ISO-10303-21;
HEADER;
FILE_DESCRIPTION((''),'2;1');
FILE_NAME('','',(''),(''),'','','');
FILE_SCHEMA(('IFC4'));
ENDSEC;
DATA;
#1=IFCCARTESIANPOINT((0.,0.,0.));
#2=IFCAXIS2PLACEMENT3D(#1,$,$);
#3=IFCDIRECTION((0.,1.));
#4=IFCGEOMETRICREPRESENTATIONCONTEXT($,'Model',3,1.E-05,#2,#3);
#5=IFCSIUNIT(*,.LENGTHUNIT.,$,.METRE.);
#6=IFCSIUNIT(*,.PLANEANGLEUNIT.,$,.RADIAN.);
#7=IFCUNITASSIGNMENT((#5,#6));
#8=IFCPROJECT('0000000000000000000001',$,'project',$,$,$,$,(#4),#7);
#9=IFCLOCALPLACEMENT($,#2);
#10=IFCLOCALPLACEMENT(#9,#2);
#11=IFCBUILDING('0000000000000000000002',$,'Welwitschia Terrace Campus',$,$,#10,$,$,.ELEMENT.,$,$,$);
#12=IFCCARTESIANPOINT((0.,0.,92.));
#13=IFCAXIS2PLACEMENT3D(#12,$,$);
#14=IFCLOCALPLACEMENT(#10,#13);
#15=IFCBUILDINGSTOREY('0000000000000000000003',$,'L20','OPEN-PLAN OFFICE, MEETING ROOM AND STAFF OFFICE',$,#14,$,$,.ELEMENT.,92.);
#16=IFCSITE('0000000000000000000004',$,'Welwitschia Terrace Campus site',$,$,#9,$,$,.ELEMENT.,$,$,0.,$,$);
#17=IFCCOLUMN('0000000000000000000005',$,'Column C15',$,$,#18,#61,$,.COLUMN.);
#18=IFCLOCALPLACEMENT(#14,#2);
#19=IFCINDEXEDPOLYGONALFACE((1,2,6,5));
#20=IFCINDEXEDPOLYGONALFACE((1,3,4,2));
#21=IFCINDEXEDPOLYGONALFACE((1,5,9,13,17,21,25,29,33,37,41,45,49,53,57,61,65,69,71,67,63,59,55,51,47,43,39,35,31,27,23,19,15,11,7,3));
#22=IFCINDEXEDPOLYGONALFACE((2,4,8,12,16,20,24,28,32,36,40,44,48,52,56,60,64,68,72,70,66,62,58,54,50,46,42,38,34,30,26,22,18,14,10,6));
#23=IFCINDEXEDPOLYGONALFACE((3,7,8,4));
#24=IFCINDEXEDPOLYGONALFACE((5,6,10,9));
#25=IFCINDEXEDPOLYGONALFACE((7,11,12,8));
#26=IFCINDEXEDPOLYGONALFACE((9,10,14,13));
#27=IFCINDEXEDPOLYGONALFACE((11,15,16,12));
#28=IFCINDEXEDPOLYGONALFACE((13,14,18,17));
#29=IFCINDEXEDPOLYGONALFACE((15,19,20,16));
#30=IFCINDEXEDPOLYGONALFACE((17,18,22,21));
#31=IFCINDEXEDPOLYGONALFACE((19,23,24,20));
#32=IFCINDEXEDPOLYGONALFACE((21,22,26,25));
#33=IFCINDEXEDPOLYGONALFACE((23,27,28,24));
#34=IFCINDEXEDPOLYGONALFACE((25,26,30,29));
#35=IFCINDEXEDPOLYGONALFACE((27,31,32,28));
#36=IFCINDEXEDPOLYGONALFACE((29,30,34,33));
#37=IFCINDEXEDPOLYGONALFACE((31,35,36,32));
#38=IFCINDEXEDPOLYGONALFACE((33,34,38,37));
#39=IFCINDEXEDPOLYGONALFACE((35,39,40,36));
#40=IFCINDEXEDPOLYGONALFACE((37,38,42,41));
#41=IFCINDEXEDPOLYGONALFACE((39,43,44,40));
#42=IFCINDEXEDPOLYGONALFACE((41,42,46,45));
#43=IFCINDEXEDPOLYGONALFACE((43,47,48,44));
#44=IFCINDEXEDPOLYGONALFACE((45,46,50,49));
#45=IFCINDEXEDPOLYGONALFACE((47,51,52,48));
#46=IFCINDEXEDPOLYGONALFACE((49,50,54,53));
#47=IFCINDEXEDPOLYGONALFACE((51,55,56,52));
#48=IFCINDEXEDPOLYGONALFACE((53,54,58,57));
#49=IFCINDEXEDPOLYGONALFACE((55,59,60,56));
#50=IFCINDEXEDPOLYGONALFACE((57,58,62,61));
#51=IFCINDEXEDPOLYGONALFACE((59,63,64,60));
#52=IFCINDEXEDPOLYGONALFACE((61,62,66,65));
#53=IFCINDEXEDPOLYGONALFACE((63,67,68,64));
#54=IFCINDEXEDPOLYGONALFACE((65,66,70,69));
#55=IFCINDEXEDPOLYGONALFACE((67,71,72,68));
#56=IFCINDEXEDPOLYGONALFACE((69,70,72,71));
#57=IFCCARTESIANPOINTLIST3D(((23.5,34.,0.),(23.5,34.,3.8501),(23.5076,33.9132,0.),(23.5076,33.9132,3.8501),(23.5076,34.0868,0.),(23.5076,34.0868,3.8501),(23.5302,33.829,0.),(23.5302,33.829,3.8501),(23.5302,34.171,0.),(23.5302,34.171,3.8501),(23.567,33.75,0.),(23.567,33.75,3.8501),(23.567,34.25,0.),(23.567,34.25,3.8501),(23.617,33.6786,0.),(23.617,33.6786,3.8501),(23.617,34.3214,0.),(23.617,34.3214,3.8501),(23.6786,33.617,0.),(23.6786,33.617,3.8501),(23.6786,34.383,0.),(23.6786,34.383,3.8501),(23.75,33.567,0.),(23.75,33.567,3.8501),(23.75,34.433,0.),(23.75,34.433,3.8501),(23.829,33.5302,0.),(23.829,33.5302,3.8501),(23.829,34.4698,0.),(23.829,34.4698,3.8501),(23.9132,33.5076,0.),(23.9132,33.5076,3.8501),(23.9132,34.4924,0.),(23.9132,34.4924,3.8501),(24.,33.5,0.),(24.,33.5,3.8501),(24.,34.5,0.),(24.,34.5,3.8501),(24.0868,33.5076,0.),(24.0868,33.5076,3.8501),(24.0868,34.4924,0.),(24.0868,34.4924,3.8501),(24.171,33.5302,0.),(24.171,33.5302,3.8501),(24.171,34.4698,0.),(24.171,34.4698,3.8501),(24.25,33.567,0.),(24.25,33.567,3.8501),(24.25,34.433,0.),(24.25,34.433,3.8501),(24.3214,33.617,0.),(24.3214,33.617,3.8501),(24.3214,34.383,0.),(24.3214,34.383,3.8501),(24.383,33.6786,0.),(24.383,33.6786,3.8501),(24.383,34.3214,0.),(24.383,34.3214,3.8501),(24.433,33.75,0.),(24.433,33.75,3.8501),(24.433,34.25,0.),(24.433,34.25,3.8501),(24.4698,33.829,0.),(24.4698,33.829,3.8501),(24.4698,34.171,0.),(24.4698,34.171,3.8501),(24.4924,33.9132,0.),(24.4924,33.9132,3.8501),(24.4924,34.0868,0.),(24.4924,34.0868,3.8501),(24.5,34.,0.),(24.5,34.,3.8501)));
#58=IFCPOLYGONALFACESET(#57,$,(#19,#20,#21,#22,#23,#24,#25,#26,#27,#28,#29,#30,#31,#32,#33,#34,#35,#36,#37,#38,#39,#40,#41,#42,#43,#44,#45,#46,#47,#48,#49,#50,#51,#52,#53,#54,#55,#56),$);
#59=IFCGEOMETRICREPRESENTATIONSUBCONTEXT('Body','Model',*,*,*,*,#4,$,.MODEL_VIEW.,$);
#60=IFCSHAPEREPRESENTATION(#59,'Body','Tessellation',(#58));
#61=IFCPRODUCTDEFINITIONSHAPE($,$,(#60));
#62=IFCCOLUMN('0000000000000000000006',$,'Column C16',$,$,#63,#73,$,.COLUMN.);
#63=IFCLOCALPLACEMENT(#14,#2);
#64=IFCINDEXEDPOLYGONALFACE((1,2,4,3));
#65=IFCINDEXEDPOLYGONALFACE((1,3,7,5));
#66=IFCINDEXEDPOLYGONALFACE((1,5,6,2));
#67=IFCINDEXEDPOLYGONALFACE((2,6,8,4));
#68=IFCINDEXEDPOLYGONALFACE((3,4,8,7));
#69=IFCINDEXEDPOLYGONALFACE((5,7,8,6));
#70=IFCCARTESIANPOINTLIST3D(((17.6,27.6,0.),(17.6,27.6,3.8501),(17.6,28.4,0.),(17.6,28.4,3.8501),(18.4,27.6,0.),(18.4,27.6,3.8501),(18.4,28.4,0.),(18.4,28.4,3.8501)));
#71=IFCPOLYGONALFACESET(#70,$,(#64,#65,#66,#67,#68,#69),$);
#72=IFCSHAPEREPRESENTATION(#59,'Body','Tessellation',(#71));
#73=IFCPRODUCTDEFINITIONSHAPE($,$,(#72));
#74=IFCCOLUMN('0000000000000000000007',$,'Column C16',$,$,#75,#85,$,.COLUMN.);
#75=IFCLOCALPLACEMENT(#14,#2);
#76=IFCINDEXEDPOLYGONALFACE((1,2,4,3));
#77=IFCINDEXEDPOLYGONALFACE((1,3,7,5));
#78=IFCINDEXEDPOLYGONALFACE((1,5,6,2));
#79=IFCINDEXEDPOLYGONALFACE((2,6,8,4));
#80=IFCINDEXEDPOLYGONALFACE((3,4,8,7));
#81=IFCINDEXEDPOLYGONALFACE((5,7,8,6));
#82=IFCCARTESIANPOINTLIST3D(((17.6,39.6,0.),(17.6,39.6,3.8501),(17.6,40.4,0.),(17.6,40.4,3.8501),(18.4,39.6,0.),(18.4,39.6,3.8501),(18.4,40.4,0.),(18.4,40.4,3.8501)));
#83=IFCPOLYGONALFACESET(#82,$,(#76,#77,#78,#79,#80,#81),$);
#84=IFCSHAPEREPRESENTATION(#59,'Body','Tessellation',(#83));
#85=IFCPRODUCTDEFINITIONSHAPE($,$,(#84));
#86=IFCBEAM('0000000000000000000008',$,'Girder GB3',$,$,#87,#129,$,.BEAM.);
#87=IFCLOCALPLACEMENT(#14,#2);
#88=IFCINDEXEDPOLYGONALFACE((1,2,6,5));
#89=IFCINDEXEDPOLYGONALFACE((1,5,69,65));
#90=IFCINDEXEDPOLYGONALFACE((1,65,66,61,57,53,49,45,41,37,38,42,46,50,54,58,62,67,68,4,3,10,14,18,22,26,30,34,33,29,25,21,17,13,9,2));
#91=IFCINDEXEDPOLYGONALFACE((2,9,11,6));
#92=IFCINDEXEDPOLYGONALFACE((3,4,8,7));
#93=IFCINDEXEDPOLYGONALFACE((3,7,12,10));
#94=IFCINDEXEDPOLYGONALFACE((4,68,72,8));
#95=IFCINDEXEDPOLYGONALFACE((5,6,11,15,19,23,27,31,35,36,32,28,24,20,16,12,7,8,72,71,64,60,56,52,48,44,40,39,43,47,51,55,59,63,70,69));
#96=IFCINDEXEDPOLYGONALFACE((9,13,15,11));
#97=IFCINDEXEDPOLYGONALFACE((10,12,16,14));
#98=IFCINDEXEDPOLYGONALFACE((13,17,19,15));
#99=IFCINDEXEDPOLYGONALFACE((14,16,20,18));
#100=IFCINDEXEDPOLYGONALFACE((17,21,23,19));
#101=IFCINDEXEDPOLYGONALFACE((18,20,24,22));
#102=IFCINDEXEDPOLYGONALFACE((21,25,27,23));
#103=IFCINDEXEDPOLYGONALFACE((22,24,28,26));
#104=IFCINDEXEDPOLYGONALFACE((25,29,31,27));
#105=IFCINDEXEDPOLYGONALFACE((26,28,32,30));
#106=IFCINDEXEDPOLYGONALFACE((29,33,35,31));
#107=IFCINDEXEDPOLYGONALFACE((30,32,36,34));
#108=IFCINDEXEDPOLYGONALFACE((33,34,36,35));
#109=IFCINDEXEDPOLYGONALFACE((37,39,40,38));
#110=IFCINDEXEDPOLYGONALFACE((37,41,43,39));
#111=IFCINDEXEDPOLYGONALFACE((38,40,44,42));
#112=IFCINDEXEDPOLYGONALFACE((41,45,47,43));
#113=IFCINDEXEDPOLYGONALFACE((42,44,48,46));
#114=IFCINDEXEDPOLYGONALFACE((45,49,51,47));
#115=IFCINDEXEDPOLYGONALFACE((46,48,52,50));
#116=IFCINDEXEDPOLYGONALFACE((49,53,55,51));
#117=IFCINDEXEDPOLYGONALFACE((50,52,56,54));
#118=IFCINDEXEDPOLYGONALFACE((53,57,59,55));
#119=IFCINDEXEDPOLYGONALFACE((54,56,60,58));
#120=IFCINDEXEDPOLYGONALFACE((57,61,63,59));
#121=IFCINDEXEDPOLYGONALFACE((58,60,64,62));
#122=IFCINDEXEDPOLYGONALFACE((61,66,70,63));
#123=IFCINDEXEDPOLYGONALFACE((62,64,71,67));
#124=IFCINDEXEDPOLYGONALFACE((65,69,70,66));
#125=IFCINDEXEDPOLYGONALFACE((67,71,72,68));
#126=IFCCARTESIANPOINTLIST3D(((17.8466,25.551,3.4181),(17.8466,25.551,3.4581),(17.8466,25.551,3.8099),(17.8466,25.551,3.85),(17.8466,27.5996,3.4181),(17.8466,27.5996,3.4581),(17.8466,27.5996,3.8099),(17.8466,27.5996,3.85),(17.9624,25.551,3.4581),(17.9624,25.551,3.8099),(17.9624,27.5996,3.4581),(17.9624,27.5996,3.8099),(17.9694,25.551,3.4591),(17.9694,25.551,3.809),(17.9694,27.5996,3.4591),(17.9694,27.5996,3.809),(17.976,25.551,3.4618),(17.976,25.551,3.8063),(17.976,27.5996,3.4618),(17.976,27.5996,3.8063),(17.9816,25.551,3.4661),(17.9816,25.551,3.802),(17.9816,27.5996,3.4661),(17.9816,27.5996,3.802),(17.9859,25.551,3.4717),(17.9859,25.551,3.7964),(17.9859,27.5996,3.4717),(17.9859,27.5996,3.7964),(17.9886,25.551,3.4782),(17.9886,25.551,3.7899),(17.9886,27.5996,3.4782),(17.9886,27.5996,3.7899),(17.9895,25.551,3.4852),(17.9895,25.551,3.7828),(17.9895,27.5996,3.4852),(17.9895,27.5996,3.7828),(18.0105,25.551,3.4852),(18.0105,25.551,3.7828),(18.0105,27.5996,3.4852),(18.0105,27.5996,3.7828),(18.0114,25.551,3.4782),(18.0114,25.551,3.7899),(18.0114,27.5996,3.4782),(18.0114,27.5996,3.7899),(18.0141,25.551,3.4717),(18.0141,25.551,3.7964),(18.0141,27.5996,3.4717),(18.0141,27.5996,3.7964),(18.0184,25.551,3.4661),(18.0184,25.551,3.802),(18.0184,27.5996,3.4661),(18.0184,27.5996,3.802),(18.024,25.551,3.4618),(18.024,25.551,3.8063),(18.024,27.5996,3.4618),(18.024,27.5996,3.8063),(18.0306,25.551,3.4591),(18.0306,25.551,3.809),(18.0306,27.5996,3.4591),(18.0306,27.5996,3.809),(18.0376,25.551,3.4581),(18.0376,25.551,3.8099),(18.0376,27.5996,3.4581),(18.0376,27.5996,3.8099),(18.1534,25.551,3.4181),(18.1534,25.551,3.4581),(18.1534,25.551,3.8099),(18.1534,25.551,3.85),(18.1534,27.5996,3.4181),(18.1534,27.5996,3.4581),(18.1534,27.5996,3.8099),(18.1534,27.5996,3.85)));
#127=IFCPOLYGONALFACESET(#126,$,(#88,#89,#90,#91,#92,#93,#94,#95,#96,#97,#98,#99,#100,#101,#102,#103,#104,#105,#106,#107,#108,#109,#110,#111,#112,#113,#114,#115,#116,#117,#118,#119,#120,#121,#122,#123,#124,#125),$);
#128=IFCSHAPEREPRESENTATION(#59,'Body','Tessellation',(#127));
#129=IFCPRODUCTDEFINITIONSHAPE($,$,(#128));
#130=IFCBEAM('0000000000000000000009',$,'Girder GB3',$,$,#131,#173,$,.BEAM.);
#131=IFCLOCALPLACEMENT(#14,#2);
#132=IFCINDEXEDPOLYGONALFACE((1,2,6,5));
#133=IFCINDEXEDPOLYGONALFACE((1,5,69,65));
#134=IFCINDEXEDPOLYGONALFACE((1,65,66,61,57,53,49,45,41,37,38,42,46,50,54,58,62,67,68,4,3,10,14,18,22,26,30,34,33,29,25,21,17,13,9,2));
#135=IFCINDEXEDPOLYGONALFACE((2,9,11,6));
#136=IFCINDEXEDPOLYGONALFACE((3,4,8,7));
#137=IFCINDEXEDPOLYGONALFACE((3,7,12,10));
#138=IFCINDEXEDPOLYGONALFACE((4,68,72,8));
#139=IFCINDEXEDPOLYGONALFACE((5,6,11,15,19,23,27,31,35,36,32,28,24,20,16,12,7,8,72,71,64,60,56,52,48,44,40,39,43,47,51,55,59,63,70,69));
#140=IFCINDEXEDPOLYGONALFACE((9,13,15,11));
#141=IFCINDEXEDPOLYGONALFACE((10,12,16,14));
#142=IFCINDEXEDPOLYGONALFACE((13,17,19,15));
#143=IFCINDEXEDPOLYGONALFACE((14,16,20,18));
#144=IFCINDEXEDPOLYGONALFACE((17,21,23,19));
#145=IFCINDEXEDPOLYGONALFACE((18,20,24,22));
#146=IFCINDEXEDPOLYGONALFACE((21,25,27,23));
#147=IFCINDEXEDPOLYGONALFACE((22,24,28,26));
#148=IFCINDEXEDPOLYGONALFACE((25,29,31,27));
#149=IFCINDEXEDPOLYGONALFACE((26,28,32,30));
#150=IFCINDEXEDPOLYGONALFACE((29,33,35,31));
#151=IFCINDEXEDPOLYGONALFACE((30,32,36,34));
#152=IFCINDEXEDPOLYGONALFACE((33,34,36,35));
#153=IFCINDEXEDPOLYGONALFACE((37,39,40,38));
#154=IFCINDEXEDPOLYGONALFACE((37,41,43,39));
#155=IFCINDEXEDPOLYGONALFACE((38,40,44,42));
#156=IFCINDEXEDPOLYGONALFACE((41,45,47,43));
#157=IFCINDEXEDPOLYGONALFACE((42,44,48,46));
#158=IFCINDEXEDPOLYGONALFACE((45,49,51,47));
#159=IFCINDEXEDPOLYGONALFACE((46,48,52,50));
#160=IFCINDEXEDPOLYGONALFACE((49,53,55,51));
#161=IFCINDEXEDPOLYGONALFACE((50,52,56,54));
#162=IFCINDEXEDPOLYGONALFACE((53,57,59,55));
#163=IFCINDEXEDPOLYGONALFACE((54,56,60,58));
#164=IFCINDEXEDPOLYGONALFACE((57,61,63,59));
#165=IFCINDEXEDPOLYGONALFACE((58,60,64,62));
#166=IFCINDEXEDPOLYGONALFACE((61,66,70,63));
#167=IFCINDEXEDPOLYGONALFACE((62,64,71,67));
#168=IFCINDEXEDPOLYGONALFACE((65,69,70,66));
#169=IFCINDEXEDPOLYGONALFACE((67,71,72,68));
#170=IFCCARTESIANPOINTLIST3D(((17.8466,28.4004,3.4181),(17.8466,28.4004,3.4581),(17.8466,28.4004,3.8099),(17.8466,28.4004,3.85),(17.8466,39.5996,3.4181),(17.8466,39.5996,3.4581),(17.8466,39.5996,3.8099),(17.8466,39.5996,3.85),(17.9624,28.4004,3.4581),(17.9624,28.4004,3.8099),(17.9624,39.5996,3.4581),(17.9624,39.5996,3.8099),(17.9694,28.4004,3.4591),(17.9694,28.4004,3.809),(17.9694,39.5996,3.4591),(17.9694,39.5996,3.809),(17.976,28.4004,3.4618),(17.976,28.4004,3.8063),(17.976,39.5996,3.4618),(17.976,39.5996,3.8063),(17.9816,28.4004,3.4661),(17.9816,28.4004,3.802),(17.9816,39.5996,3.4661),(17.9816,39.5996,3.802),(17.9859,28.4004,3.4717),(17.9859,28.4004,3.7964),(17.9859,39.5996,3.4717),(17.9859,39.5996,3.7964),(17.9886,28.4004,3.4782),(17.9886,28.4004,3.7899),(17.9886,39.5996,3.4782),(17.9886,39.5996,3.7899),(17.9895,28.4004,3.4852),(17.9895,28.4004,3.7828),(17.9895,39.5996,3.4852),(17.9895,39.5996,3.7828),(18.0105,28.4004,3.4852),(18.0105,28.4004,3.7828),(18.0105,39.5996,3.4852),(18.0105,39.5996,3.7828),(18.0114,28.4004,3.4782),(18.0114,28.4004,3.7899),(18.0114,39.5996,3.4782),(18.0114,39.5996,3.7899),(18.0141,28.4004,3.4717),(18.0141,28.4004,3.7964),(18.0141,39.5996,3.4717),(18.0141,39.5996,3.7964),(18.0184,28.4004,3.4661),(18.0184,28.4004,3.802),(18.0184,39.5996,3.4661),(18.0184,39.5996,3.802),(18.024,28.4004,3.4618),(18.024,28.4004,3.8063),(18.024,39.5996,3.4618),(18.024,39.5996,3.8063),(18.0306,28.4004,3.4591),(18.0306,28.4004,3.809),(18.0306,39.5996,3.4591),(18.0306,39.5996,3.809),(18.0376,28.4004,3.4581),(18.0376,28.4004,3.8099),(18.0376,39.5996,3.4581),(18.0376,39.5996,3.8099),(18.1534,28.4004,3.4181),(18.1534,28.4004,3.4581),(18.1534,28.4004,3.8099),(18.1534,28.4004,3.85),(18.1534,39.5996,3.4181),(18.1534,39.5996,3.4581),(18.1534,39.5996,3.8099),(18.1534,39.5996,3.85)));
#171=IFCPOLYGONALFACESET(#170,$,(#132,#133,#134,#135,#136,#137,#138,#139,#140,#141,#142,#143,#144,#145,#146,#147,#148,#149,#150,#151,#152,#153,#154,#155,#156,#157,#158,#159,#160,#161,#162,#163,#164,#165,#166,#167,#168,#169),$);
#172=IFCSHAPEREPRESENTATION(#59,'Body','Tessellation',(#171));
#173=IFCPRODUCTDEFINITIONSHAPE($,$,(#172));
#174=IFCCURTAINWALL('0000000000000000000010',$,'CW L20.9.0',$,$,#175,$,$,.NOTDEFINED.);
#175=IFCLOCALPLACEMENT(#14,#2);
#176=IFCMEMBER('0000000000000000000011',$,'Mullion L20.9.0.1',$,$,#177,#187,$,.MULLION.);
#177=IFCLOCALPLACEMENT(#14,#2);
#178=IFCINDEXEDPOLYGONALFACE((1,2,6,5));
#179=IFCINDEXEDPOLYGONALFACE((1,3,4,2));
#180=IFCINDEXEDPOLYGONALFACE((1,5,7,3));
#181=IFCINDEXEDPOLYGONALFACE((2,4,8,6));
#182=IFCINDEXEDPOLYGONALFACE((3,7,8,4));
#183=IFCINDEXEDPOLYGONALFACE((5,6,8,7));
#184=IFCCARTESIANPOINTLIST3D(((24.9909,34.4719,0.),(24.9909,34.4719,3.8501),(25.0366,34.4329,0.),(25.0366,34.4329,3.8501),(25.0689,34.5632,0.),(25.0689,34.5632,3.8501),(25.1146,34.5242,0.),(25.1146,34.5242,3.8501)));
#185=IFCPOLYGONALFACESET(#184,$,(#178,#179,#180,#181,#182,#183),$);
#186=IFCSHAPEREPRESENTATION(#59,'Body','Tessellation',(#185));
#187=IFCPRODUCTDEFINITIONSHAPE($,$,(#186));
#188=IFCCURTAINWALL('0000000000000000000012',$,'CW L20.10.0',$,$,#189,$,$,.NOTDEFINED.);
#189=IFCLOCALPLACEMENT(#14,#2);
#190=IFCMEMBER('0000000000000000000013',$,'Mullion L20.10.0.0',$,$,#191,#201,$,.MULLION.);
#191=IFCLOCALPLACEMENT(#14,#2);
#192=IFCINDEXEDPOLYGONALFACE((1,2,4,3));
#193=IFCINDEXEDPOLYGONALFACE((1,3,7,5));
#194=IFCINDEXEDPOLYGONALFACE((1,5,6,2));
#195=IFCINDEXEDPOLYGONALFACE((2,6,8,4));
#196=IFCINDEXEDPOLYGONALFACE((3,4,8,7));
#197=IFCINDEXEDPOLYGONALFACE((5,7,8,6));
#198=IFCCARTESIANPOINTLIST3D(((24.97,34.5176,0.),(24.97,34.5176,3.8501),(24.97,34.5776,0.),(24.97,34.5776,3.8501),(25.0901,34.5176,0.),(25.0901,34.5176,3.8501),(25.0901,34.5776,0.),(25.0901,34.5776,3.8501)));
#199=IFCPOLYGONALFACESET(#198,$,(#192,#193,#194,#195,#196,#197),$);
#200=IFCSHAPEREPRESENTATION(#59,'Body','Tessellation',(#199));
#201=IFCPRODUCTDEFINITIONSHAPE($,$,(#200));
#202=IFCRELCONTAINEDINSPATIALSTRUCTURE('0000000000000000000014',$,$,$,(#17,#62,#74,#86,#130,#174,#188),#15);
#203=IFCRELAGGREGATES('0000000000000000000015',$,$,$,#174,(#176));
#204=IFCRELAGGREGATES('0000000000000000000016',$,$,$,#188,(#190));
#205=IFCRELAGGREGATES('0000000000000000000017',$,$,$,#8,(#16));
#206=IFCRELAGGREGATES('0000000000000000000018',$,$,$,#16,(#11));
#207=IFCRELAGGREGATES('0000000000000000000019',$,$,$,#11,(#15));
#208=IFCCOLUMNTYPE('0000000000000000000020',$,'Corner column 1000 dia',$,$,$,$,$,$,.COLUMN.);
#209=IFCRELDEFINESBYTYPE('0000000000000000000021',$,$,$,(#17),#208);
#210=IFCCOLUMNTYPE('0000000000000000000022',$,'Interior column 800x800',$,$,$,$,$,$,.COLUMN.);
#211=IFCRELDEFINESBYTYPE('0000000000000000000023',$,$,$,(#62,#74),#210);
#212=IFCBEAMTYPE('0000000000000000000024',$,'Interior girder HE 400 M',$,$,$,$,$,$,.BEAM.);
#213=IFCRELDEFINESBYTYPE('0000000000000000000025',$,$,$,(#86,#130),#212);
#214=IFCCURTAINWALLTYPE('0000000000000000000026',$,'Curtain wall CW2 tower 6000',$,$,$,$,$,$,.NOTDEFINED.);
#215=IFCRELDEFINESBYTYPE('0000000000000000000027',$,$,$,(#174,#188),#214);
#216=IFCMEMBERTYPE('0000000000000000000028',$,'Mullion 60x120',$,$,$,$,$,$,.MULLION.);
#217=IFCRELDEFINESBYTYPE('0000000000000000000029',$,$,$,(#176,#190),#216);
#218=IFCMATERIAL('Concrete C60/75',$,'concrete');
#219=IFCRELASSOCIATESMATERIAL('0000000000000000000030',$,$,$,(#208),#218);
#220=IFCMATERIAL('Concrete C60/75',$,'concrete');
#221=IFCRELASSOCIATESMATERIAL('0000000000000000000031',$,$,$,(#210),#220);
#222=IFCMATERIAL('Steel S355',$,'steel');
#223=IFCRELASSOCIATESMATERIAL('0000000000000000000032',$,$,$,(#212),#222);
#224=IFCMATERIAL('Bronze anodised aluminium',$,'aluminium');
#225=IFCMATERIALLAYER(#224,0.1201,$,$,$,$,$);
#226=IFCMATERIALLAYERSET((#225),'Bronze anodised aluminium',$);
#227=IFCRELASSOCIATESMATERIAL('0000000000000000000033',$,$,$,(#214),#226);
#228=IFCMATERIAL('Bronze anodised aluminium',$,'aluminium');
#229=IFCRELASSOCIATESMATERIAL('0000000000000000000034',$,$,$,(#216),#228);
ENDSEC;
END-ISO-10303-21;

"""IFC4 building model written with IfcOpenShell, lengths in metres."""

from ifc_helpers import new_model, si_unit, direction, frame, origin, origin_2d, place, context, subcontext, project, spatial, rectangle, circle, i_section, extrude, material, layer, layer_set, material_profile, profile_set, type_object, element, aggregate, save


model = new_model("IFC4")

# Units and contexts
model_context = context("Model", 3, precision=1e-05, world=origin(), true_north=direction((0.0, 1.0)))
body_context = subcontext(model_context, "Body", "Model", "MODEL_VIEW")
ifc_project = project(units=[si_unit("LENGTHUNIT", "METRE"), si_unit("PLANEANGLEUNIT", "RADIAN")], contexts=[model_context])

# Site, building, storey
site_placement = place(None, origin())
site = spatial("IfcSite", under=ifc_project, at=site_placement, Name="Welwitschia Terrace Campus site", CompositionType="ELEMENT", RefElevation=0.0)
building_placement = place(site_placement, origin())
building = spatial("IfcBuilding", under=site, at=building_placement, Name="Welwitschia Terrace Campus", CompositionType="ELEMENT")
storey_placement = place(building_placement, frame((0.0, 0.0, 92.0)))
storey = spatial("IfcBuildingStorey", under=building, at=storey_placement, Name="L20", Description="OPEN-PLAN OFFICE, MEETING ROOM AND STAFF OFFICE", CompositionType="ELEMENT", Elevation=92.0)

# Columns
ifc_material_1 = material(Name="Concrete C60/75", Category="concrete")
ifc_material_profile_1 = material_profile(ifc_material_1, circle(Radius=0.5, at=origin_2d()))
ifc_profile_set_1 = profile_set([ifc_material_profile_1], Name="Concrete C60/75")
column_type_1 = type_object("IfcColumnType", Name="Corner column 1000 dia", PredefinedType="COLUMN", material=ifc_profile_set_1)
column_placement = place(storey_placement, frame((24.0, 34.0, 0.0), z_axis=(0.0, 0.0, 1.0), x_axis=(1.0, 0.0, 0.0)))
element("IfcColumn", 1, at=column_placement, inside=storey, type_object=column_type_1, Name="Column C15", PredefinedType="COLUMN", context=body_context, shape_type="SweptSolid", body=[
    extrude(circle(Radius=0.5, at=origin_2d()), origin(), (0.0, 0.0, 1.0), 3.8501),
])
ifc_material_2 = material(Name="Concrete C60/75", Category="concrete")
ifc_material_profile_2 = material_profile(ifc_material_2, rectangle(XDim=0.8, YDim=0.8, at=origin_2d()))
ifc_profile_set_2 = profile_set([ifc_material_profile_2], Name="Concrete C60/75")
column_type_2 = type_object("IfcColumnType", Name="Interior column 800x800", PredefinedType="COLUMN", material=ifc_profile_set_2)
for number, where, z_axis, x_axis, name in (
    (2, (18.0, 28.0, 0.0), (0.0, 0.0, 1.0), (1.0, 0.0, 0.0), "Column C16"),
    (3, (18.0, 40.0, 0.0), (0.0, 0.0, 1.0), (1.0, 0.0, 0.0), "Column C16"),
):
    element("IfcColumn", number, at=place(storey_placement, frame(where, z_axis=z_axis, x_axis=x_axis)), inside=storey, type_object=column_type_2, Name=name, PredefinedType="COLUMN", context=body_context, shape_type="SweptSolid", body=[
        extrude(rectangle(XDim=0.8, YDim=0.8, at=origin_2d()), origin(), (0.0, 0.0, 1.0), 3.8501),
    ])

# Beams
ifc_material_3 = material(Name="Steel S355", Category="steel")
ifc_material_profile_3 = material_profile(ifc_material_3, i_section(OverallWidth=0.3069, OverallDepth=0.4319, WebThickness=0.021, FlangeThickness=0.04, FilletRadius=0.0271, at=origin_2d()))
ifc_profile_set_3 = profile_set([ifc_material_profile_3], Name="Steel S355")
beam_type_1 = type_object("IfcBeamType", Name="Interior girder HE 400 M", PredefinedType="BEAM", material=ifc_profile_set_3)
beam_1_placement = place(storey_placement, frame((18.0, 25.551, 3.634), z_axis=(0.0, 1.0, 0.0), x_axis=(-1.0, 0.0, 0.0)))
element("IfcBeam", 4, at=beam_1_placement, inside=storey, type_object=beam_type_1, Name="Girder GB3", PredefinedType="BEAM", context=body_context, shape_type="SweptSolid", body=[
    extrude(i_section(OverallWidth=0.3069, OverallDepth=0.4319, WebThickness=0.021, FlangeThickness=0.04, FilletRadius=0.0271, at=origin_2d()), origin(), (0.0, 0.0, 1.0), 2.0486),
])
beam_2_placement = place(storey_placement, frame((18.0, 28.4004, 3.634), z_axis=(0.0, 1.0, 0.0), x_axis=(-1.0, 0.0, 0.0)))
element("IfcBeam", 5, at=beam_2_placement, inside=storey, type_object=beam_type_1, Name="Girder GB3", PredefinedType="BEAM", context=body_context, shape_type="SweptSolid", body=[
    extrude(i_section(OverallWidth=0.3069, OverallDepth=0.4319, WebThickness=0.021, FlangeThickness=0.04, FilletRadius=0.0271, at=origin_2d()), origin(), (0.0, 0.0, 1.0), 11.1992),
])

# Curtain walls, members
ifc_material_4 = material(Name="Bronze anodised aluminium", Category="aluminium")
ifc_layer_1 = layer(ifc_material_4, 0.1201)
ifc_layer_set_1 = layer_set([ifc_layer_1], Name="Bronze anodised aluminium")
curtain_wall_type = type_object("IfcCurtainWallType", Name="Curtain wall CW2 tower 6000", PredefinedType="NOTDEFINED", material=ifc_layer_set_1)
curtain_wall_1_placement = place(storey_placement, origin())
curtain_wall_1 = element("IfcCurtainWall", 6, at=curtain_wall_1_placement, inside=storey, type_object=curtain_wall_type, Name="CW L20.9.0", PredefinedType="NOTDEFINED")
ifc_material_5 = material(Name="Bronze anodised aluminium", Category="aluminium")
ifc_material_profile_4 = material_profile(ifc_material_5, rectangle(XDim=0.1201, YDim=0.0601, at=origin_2d()))
ifc_profile_set_4 = profile_set([ifc_material_profile_4], Name="Bronze anodised aluminium")
member_type_1 = type_object("IfcMemberType", Name="Mullion 60x120", PredefinedType="MULLION", material=ifc_profile_set_4)
member_1_placement = place(storey_placement, frame((25.0527, 34.498, 0.0), z_axis=(0.0, 0.0, 1.0), x_axis=(-0.649448, -0.760406, 0.0)))
member_1 = element("IfcMember", 7, at=member_1_placement, type_object=member_type_1, Name="Mullion L20.9.0.1", PredefinedType="MULLION", context=body_context, shape_type="SweptSolid", body=[
    extrude(rectangle(XDim=0.1201, YDim=0.0601, at=origin_2d()), origin(), (0.0, 0.0, 1.0), 3.8501),
])
curtain_wall_2_placement = place(storey_placement, origin())
curtain_wall_2 = element("IfcCurtainWall", 8, at=curtain_wall_2_placement, inside=storey, type_object=curtain_wall_type, Name="CW L20.10.0", PredefinedType="NOTDEFINED")
member_2_placement = place(storey_placement, frame((25.03, 34.5476, 0.0), z_axis=(0.0, 0.0, 1.0), x_axis=(-1.0, 0.0, 0.0)))
member_2 = element("IfcMember", 9, at=member_2_placement, type_object=member_type_1, Name="Mullion L20.10.0.0", PredefinedType="MULLION", context=body_context, shape_type="SweptSolid", body=[
    extrude(rectangle(XDim=0.1201, YDim=0.0601, at=origin_2d()), origin(), (0.0, 0.0, 1.0), 3.8501),
])

aggregate(curtain_wall_1, [member_1])
aggregate(curtain_wall_2, [member_2])

save(model, "model.ifc")
